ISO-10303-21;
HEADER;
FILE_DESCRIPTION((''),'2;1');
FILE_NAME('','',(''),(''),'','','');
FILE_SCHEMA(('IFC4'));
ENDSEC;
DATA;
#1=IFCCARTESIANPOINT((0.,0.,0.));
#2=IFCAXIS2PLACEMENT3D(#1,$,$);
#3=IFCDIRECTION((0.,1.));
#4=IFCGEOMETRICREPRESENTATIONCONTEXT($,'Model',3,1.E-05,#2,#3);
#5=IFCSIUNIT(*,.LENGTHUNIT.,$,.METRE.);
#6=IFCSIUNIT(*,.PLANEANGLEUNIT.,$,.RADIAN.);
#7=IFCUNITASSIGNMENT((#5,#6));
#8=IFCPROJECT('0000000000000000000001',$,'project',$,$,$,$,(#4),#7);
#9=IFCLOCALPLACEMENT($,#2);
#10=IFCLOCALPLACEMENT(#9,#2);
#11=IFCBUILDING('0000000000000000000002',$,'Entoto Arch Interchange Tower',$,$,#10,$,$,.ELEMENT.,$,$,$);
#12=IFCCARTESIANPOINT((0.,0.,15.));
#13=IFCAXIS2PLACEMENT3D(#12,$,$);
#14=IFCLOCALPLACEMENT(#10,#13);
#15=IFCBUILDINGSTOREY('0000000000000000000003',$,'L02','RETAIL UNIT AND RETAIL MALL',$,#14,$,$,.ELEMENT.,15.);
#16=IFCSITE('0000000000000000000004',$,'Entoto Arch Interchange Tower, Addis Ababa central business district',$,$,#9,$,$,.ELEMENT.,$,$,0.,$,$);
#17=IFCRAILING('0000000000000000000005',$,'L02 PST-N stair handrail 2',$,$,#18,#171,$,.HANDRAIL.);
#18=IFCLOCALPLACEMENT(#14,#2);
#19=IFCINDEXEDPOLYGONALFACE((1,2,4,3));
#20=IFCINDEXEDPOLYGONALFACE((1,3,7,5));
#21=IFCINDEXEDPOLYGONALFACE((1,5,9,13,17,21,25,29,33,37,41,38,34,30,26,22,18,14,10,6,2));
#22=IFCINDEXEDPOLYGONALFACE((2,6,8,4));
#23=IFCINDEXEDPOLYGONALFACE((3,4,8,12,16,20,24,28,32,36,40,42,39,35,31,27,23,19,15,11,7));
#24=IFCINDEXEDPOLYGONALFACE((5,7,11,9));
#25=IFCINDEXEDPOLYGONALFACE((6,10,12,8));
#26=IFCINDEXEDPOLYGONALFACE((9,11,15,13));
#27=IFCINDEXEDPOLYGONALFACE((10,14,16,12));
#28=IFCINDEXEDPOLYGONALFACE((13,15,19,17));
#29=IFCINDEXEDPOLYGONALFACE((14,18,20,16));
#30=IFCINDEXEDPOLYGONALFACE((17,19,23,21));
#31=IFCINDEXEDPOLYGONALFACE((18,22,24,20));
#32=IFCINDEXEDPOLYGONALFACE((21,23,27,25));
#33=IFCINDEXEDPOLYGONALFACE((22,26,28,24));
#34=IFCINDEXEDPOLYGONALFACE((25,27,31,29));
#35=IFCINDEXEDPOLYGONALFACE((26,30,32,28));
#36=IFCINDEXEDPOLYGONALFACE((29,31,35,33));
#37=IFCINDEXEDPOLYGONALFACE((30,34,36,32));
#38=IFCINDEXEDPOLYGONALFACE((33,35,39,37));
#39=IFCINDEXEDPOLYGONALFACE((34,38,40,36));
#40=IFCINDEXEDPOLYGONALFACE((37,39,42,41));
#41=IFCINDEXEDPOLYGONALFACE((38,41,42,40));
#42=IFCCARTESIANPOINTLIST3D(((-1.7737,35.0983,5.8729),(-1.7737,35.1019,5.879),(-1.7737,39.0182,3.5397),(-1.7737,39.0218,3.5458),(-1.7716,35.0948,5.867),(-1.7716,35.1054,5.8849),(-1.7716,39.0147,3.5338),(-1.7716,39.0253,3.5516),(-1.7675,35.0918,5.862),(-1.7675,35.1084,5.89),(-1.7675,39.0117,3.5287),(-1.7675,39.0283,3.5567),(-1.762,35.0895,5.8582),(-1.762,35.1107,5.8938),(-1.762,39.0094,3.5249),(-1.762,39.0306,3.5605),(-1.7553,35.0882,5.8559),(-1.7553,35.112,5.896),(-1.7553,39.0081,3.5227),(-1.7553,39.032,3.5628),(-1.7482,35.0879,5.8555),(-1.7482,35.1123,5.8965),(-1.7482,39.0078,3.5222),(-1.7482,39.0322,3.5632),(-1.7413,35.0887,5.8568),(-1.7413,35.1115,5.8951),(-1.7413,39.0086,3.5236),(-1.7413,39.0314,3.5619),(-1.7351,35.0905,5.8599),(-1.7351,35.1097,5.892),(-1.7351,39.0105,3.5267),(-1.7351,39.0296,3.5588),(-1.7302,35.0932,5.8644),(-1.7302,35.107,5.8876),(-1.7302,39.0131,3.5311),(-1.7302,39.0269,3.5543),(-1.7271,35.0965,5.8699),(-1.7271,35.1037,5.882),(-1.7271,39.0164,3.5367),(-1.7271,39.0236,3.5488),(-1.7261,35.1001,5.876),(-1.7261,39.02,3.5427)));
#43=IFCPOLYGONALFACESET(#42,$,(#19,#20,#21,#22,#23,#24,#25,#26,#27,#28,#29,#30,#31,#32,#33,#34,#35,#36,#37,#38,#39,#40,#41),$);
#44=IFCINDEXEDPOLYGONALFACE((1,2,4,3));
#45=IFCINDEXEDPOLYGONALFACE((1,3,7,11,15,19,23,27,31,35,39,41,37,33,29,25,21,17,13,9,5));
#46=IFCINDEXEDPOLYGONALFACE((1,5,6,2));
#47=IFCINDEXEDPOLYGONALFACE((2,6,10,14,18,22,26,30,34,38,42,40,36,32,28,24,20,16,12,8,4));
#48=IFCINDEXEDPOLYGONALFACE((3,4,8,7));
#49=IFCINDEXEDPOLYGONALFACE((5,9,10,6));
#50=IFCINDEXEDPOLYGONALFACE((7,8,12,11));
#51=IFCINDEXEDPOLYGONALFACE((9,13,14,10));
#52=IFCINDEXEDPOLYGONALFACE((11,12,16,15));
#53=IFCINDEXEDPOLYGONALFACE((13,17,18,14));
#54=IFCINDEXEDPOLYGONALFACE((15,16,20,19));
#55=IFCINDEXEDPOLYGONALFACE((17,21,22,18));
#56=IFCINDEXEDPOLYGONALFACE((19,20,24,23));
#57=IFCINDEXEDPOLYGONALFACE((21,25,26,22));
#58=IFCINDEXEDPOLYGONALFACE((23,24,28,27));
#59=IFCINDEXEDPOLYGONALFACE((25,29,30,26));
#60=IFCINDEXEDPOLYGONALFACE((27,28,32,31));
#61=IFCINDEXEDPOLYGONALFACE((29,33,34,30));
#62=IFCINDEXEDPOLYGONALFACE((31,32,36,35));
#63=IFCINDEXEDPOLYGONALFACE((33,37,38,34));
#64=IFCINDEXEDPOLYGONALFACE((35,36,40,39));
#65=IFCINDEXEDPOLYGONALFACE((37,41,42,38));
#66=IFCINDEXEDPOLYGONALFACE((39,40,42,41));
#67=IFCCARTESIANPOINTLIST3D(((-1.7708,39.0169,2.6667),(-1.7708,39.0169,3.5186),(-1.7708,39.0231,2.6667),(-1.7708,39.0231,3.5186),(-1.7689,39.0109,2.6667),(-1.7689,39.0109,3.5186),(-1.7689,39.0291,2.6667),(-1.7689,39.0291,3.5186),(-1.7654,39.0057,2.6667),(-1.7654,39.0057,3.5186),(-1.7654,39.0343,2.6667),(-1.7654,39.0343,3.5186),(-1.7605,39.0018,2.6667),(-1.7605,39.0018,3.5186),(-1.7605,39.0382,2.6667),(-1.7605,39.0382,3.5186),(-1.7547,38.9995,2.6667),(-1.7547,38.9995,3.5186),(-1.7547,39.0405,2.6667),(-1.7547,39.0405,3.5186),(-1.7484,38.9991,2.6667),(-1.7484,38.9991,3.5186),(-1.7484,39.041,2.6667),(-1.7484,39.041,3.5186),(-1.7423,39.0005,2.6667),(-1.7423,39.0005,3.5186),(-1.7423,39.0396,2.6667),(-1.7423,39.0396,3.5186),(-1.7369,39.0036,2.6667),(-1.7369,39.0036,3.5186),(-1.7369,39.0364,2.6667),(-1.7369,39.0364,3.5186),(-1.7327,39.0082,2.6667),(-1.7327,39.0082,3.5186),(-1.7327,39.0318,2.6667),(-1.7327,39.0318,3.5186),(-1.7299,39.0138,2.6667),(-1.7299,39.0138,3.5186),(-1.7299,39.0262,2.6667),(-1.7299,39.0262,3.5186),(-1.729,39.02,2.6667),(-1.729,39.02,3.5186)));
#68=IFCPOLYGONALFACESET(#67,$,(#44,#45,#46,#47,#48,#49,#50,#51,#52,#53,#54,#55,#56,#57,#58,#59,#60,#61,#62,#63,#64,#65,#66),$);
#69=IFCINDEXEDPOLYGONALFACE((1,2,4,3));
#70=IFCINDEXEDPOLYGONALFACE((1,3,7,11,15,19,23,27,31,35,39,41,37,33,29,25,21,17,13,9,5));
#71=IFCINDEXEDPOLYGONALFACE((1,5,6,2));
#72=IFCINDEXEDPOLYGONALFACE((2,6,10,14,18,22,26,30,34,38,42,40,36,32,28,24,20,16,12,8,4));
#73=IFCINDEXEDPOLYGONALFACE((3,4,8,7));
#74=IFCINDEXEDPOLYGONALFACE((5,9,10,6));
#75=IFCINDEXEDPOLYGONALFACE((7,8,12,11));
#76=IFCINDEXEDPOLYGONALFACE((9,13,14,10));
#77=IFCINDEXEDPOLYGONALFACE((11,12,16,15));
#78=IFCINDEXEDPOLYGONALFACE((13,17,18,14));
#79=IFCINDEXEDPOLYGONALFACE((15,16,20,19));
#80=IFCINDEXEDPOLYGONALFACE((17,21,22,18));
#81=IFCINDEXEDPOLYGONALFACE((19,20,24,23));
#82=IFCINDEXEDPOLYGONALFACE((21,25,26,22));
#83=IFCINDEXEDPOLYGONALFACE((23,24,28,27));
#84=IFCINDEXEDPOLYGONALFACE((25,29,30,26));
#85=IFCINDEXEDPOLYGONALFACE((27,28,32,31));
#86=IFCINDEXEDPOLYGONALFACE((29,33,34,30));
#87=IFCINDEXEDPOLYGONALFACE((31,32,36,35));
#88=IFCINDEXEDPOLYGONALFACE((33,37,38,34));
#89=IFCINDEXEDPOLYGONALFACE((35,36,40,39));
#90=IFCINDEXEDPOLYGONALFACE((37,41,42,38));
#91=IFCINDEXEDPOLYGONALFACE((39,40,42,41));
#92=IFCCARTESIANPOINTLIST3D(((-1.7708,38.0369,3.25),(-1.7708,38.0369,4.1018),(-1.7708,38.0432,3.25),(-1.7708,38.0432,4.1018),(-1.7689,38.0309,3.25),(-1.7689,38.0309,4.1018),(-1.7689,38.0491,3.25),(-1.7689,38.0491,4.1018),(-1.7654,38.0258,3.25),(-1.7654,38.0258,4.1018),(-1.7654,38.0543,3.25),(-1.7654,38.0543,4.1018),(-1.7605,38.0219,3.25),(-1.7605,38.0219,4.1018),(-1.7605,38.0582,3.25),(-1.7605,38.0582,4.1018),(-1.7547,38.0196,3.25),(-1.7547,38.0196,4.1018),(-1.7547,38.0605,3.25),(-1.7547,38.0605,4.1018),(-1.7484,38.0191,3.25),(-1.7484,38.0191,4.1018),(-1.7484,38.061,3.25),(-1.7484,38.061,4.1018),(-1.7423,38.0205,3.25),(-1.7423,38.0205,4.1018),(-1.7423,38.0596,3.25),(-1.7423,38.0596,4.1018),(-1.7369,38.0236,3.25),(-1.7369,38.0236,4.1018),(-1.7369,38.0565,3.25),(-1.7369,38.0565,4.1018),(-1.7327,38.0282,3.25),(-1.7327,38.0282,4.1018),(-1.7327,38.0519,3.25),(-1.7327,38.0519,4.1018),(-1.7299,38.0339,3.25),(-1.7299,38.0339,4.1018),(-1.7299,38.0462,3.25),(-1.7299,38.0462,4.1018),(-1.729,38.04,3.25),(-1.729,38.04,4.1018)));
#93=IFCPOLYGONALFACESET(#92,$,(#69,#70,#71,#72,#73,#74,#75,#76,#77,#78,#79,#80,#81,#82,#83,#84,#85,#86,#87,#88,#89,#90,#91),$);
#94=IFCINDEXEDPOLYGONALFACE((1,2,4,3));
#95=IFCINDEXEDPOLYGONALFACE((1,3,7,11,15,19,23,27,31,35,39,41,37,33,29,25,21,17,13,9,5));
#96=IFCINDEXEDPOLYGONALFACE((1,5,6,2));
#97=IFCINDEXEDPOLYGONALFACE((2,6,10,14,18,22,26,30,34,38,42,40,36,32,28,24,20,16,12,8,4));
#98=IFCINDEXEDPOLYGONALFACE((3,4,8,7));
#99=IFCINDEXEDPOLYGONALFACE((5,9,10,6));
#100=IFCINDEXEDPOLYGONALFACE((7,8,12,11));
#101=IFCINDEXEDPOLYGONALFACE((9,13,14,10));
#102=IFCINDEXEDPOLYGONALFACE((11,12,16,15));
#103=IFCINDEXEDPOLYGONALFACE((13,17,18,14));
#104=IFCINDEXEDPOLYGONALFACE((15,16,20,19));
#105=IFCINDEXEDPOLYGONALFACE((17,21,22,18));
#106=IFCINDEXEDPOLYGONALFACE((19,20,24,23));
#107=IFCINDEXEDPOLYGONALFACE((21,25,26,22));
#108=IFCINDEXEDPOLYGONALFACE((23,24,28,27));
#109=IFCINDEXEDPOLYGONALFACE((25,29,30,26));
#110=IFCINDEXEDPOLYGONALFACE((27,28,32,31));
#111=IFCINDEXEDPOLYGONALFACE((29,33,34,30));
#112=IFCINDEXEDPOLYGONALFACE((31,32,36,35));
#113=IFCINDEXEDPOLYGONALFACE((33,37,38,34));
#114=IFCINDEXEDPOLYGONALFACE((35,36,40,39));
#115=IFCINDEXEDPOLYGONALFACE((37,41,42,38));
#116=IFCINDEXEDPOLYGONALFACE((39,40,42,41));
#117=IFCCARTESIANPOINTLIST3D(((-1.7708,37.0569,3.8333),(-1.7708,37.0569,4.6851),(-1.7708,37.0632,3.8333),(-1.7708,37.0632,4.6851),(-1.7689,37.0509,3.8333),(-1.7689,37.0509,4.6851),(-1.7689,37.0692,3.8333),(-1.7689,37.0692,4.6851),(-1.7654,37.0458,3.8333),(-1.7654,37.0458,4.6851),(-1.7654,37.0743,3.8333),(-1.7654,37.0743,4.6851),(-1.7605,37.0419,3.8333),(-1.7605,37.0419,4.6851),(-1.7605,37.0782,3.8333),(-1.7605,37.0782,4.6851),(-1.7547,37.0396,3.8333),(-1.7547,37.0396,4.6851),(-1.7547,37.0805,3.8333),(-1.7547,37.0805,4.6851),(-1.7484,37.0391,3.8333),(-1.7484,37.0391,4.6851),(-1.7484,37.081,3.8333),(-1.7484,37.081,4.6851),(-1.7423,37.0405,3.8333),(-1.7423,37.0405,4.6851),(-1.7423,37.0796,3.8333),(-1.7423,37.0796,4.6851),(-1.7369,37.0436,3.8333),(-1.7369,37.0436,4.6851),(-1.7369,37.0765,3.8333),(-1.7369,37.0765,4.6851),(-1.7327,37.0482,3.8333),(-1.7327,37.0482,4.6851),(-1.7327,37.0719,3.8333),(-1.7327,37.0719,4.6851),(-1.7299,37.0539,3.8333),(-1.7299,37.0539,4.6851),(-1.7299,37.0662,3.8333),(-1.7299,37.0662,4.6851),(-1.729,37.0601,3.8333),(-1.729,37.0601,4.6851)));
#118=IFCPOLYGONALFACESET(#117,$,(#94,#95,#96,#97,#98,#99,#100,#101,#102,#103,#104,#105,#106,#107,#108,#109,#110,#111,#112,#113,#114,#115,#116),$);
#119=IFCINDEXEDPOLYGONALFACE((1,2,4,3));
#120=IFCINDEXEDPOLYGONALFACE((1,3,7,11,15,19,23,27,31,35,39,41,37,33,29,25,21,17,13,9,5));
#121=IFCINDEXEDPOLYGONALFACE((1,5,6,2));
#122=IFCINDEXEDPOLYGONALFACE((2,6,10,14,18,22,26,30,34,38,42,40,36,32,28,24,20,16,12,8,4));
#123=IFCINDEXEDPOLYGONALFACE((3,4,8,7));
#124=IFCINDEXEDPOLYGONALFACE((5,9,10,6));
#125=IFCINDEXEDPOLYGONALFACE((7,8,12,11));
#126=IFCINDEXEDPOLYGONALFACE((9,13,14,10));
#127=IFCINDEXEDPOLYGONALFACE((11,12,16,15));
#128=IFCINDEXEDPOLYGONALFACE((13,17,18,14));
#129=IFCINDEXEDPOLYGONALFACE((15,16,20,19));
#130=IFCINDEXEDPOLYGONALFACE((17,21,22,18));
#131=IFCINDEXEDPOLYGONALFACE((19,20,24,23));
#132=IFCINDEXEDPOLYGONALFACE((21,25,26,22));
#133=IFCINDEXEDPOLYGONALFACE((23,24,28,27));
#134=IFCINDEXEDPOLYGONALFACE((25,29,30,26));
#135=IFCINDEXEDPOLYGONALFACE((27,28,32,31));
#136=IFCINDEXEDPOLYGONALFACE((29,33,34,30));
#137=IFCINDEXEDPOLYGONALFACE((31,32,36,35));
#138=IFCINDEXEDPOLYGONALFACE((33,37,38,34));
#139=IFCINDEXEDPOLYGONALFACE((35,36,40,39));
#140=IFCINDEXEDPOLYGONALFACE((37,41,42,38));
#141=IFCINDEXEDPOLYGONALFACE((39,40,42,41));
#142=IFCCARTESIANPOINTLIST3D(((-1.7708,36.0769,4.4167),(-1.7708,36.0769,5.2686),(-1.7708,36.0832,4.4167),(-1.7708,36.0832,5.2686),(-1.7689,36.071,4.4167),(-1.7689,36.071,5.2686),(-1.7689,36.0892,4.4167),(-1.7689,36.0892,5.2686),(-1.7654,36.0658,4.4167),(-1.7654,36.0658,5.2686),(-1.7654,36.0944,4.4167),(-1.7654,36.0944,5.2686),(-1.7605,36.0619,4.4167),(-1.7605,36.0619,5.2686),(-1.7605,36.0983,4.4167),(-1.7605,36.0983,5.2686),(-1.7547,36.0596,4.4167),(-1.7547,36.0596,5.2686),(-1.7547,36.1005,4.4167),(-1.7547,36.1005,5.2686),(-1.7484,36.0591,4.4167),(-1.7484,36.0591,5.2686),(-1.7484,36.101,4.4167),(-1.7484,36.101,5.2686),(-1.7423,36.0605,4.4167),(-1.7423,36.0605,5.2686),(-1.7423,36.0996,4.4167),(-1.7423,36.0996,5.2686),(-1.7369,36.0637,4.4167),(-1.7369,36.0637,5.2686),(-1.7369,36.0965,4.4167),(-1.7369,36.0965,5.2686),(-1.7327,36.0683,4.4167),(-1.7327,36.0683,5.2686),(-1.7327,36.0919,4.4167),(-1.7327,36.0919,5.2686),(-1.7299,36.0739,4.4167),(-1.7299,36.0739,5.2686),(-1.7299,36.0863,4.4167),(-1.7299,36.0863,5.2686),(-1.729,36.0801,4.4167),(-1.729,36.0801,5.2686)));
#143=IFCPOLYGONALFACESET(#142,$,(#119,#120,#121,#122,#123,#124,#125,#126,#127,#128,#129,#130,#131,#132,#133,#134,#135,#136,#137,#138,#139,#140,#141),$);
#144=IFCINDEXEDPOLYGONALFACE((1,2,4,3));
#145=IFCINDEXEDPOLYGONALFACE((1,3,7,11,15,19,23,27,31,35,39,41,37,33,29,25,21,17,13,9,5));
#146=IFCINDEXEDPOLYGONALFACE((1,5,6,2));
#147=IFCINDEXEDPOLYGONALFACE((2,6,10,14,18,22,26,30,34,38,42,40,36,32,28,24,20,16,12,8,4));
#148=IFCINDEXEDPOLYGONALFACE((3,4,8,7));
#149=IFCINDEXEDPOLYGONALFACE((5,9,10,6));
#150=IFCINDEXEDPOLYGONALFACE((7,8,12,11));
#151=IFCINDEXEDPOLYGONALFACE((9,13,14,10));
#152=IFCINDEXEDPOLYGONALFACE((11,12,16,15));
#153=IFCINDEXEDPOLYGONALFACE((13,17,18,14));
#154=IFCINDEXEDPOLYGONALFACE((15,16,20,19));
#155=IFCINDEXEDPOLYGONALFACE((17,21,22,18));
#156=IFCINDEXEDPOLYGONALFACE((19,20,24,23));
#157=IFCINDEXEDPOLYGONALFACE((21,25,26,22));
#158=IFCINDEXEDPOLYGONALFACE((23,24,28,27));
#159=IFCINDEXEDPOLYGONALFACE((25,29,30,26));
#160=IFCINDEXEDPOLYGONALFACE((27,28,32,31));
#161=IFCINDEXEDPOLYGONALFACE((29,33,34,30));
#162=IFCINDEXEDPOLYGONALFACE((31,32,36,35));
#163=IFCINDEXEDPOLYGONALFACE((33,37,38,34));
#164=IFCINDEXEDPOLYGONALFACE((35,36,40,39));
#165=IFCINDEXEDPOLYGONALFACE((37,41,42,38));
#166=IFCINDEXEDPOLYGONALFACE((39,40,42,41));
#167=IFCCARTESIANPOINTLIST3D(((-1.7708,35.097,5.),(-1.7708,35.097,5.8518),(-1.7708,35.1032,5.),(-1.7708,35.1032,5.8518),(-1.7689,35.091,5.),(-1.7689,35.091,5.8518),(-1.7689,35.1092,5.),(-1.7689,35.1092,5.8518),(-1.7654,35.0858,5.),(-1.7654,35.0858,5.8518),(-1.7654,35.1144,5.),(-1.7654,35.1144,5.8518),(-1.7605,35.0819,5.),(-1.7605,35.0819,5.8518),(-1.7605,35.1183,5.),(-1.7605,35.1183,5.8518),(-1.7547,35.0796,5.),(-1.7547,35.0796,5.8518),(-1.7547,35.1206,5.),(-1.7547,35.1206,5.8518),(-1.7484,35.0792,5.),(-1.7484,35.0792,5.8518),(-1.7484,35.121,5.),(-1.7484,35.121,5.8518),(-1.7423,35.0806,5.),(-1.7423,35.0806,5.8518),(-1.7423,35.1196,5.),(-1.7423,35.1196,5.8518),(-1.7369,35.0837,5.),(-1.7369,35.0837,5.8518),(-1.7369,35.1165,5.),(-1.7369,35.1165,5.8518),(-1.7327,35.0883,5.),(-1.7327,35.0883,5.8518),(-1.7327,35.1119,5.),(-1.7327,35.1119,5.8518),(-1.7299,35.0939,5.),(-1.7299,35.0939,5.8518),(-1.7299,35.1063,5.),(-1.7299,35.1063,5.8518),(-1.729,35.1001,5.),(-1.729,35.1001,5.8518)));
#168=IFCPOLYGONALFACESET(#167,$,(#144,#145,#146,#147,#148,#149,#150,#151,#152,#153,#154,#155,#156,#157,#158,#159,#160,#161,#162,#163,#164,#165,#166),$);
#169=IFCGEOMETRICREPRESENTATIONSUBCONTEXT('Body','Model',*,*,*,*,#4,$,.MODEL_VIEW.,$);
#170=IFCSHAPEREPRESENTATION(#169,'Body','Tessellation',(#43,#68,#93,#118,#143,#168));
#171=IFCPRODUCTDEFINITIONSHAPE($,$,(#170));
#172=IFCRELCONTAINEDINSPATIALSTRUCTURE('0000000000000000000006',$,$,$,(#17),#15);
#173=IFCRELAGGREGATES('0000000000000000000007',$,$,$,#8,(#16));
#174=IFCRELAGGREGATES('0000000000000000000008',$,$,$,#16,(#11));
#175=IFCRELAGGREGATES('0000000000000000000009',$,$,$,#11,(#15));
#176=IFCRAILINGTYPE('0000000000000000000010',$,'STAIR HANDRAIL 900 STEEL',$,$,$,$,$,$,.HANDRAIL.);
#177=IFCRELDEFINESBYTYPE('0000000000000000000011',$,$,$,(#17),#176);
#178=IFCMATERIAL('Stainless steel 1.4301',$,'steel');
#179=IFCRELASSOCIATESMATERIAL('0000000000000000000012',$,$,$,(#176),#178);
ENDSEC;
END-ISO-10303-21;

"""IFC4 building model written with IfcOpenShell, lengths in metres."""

from ifc_helpers import new_model, si_unit, direction, frame, origin, origin_2d, place, context, subcontext, project, spatial, circle, extrude, material, type_object, element, save


model = new_model("IFC4")

# Units and contexts
model_context = context("Model", 3, precision=1e-05, world=origin(), true_north=direction((0.0, 1.0)))
body_context = subcontext(model_context, "Body", "Model", "MODEL_VIEW")
ifc_project = project(units=[si_unit("LENGTHUNIT", "METRE"), si_unit("PLANEANGLEUNIT", "RADIAN")], contexts=[model_context])

# Site, building, storey
site_placement = place(None, origin())
site = spatial("IfcSite", under=ifc_project, at=site_placement, Name="Entoto Arch Interchange Tower, Addis Ababa central business district", CompositionType="ELEMENT", RefElevation=0.0)
building_placement = place(site_placement, origin())
building = spatial("IfcBuilding", under=site, at=building_placement, Name="Entoto Arch Interchange Tower", CompositionType="ELEMENT")
storey_placement = place(building_placement, frame((0.0, 0.0, 15.0)))
storey = spatial("IfcBuildingStorey", under=building, at=storey_placement, Name="L02", Description="RETAIL UNIT AND RETAIL MALL", CompositionType="ELEMENT", Elevation=15.0)

# Railing
ifc_material_1 = material(Name="Stainless steel 1.4301", Category="steel")
railing_type_1 = type_object("IfcRailingType", Name="STAIR HANDRAIL 900 STEEL", PredefinedType="HANDRAIL", material=ifc_material_1)
railing_1_placement = place(storey_placement, frame((-1.75, 39.02, 2.6667)))
element("IfcRailing", 1, at=railing_1_placement, inside=storey, type_object=railing_type_1, Name="L02 PST-N stair handrail 2", PredefinedType="HANDRAIL", context=body_context, shape_type="SweptSolid", body=[
    extrude(circle(Radius=0.0239, at=origin_2d()), frame((0.0, 0.0, 0.876), z_axis=(0.0, -0.859296, 0.511478), x_axis=(1.0, 0.0, 0.0)), (0.0, 0.0, 1.0), 4.5618),
    extrude(circle(Radius=0.021, at=origin_2d()), origin(), (0.0, 0.0, 1.0), 0.8518),
    extrude(circle(Radius=0.021, at=origin_2d()), frame((0.0, -0.98, 0.5833)), (0.0, 0.0, 1.0), 0.8518),
    extrude(circle(Radius=0.021, at=origin_2d()), frame((0.0, -1.96, 1.1665)), (0.0, 0.0, 1.0), 0.8518),
    extrude(circle(Radius=0.021, at=origin_2d()), frame((0.0, -2.9399, 1.75)), (0.0, 0.0, 1.0), 0.8518),
    extrude(circle(Radius=0.021, at=origin_2d()), frame((0.0, -3.9199, 2.3333)), (0.0, 0.0, 1.0), 0.8518),
])

save(model, "model.ifc")
